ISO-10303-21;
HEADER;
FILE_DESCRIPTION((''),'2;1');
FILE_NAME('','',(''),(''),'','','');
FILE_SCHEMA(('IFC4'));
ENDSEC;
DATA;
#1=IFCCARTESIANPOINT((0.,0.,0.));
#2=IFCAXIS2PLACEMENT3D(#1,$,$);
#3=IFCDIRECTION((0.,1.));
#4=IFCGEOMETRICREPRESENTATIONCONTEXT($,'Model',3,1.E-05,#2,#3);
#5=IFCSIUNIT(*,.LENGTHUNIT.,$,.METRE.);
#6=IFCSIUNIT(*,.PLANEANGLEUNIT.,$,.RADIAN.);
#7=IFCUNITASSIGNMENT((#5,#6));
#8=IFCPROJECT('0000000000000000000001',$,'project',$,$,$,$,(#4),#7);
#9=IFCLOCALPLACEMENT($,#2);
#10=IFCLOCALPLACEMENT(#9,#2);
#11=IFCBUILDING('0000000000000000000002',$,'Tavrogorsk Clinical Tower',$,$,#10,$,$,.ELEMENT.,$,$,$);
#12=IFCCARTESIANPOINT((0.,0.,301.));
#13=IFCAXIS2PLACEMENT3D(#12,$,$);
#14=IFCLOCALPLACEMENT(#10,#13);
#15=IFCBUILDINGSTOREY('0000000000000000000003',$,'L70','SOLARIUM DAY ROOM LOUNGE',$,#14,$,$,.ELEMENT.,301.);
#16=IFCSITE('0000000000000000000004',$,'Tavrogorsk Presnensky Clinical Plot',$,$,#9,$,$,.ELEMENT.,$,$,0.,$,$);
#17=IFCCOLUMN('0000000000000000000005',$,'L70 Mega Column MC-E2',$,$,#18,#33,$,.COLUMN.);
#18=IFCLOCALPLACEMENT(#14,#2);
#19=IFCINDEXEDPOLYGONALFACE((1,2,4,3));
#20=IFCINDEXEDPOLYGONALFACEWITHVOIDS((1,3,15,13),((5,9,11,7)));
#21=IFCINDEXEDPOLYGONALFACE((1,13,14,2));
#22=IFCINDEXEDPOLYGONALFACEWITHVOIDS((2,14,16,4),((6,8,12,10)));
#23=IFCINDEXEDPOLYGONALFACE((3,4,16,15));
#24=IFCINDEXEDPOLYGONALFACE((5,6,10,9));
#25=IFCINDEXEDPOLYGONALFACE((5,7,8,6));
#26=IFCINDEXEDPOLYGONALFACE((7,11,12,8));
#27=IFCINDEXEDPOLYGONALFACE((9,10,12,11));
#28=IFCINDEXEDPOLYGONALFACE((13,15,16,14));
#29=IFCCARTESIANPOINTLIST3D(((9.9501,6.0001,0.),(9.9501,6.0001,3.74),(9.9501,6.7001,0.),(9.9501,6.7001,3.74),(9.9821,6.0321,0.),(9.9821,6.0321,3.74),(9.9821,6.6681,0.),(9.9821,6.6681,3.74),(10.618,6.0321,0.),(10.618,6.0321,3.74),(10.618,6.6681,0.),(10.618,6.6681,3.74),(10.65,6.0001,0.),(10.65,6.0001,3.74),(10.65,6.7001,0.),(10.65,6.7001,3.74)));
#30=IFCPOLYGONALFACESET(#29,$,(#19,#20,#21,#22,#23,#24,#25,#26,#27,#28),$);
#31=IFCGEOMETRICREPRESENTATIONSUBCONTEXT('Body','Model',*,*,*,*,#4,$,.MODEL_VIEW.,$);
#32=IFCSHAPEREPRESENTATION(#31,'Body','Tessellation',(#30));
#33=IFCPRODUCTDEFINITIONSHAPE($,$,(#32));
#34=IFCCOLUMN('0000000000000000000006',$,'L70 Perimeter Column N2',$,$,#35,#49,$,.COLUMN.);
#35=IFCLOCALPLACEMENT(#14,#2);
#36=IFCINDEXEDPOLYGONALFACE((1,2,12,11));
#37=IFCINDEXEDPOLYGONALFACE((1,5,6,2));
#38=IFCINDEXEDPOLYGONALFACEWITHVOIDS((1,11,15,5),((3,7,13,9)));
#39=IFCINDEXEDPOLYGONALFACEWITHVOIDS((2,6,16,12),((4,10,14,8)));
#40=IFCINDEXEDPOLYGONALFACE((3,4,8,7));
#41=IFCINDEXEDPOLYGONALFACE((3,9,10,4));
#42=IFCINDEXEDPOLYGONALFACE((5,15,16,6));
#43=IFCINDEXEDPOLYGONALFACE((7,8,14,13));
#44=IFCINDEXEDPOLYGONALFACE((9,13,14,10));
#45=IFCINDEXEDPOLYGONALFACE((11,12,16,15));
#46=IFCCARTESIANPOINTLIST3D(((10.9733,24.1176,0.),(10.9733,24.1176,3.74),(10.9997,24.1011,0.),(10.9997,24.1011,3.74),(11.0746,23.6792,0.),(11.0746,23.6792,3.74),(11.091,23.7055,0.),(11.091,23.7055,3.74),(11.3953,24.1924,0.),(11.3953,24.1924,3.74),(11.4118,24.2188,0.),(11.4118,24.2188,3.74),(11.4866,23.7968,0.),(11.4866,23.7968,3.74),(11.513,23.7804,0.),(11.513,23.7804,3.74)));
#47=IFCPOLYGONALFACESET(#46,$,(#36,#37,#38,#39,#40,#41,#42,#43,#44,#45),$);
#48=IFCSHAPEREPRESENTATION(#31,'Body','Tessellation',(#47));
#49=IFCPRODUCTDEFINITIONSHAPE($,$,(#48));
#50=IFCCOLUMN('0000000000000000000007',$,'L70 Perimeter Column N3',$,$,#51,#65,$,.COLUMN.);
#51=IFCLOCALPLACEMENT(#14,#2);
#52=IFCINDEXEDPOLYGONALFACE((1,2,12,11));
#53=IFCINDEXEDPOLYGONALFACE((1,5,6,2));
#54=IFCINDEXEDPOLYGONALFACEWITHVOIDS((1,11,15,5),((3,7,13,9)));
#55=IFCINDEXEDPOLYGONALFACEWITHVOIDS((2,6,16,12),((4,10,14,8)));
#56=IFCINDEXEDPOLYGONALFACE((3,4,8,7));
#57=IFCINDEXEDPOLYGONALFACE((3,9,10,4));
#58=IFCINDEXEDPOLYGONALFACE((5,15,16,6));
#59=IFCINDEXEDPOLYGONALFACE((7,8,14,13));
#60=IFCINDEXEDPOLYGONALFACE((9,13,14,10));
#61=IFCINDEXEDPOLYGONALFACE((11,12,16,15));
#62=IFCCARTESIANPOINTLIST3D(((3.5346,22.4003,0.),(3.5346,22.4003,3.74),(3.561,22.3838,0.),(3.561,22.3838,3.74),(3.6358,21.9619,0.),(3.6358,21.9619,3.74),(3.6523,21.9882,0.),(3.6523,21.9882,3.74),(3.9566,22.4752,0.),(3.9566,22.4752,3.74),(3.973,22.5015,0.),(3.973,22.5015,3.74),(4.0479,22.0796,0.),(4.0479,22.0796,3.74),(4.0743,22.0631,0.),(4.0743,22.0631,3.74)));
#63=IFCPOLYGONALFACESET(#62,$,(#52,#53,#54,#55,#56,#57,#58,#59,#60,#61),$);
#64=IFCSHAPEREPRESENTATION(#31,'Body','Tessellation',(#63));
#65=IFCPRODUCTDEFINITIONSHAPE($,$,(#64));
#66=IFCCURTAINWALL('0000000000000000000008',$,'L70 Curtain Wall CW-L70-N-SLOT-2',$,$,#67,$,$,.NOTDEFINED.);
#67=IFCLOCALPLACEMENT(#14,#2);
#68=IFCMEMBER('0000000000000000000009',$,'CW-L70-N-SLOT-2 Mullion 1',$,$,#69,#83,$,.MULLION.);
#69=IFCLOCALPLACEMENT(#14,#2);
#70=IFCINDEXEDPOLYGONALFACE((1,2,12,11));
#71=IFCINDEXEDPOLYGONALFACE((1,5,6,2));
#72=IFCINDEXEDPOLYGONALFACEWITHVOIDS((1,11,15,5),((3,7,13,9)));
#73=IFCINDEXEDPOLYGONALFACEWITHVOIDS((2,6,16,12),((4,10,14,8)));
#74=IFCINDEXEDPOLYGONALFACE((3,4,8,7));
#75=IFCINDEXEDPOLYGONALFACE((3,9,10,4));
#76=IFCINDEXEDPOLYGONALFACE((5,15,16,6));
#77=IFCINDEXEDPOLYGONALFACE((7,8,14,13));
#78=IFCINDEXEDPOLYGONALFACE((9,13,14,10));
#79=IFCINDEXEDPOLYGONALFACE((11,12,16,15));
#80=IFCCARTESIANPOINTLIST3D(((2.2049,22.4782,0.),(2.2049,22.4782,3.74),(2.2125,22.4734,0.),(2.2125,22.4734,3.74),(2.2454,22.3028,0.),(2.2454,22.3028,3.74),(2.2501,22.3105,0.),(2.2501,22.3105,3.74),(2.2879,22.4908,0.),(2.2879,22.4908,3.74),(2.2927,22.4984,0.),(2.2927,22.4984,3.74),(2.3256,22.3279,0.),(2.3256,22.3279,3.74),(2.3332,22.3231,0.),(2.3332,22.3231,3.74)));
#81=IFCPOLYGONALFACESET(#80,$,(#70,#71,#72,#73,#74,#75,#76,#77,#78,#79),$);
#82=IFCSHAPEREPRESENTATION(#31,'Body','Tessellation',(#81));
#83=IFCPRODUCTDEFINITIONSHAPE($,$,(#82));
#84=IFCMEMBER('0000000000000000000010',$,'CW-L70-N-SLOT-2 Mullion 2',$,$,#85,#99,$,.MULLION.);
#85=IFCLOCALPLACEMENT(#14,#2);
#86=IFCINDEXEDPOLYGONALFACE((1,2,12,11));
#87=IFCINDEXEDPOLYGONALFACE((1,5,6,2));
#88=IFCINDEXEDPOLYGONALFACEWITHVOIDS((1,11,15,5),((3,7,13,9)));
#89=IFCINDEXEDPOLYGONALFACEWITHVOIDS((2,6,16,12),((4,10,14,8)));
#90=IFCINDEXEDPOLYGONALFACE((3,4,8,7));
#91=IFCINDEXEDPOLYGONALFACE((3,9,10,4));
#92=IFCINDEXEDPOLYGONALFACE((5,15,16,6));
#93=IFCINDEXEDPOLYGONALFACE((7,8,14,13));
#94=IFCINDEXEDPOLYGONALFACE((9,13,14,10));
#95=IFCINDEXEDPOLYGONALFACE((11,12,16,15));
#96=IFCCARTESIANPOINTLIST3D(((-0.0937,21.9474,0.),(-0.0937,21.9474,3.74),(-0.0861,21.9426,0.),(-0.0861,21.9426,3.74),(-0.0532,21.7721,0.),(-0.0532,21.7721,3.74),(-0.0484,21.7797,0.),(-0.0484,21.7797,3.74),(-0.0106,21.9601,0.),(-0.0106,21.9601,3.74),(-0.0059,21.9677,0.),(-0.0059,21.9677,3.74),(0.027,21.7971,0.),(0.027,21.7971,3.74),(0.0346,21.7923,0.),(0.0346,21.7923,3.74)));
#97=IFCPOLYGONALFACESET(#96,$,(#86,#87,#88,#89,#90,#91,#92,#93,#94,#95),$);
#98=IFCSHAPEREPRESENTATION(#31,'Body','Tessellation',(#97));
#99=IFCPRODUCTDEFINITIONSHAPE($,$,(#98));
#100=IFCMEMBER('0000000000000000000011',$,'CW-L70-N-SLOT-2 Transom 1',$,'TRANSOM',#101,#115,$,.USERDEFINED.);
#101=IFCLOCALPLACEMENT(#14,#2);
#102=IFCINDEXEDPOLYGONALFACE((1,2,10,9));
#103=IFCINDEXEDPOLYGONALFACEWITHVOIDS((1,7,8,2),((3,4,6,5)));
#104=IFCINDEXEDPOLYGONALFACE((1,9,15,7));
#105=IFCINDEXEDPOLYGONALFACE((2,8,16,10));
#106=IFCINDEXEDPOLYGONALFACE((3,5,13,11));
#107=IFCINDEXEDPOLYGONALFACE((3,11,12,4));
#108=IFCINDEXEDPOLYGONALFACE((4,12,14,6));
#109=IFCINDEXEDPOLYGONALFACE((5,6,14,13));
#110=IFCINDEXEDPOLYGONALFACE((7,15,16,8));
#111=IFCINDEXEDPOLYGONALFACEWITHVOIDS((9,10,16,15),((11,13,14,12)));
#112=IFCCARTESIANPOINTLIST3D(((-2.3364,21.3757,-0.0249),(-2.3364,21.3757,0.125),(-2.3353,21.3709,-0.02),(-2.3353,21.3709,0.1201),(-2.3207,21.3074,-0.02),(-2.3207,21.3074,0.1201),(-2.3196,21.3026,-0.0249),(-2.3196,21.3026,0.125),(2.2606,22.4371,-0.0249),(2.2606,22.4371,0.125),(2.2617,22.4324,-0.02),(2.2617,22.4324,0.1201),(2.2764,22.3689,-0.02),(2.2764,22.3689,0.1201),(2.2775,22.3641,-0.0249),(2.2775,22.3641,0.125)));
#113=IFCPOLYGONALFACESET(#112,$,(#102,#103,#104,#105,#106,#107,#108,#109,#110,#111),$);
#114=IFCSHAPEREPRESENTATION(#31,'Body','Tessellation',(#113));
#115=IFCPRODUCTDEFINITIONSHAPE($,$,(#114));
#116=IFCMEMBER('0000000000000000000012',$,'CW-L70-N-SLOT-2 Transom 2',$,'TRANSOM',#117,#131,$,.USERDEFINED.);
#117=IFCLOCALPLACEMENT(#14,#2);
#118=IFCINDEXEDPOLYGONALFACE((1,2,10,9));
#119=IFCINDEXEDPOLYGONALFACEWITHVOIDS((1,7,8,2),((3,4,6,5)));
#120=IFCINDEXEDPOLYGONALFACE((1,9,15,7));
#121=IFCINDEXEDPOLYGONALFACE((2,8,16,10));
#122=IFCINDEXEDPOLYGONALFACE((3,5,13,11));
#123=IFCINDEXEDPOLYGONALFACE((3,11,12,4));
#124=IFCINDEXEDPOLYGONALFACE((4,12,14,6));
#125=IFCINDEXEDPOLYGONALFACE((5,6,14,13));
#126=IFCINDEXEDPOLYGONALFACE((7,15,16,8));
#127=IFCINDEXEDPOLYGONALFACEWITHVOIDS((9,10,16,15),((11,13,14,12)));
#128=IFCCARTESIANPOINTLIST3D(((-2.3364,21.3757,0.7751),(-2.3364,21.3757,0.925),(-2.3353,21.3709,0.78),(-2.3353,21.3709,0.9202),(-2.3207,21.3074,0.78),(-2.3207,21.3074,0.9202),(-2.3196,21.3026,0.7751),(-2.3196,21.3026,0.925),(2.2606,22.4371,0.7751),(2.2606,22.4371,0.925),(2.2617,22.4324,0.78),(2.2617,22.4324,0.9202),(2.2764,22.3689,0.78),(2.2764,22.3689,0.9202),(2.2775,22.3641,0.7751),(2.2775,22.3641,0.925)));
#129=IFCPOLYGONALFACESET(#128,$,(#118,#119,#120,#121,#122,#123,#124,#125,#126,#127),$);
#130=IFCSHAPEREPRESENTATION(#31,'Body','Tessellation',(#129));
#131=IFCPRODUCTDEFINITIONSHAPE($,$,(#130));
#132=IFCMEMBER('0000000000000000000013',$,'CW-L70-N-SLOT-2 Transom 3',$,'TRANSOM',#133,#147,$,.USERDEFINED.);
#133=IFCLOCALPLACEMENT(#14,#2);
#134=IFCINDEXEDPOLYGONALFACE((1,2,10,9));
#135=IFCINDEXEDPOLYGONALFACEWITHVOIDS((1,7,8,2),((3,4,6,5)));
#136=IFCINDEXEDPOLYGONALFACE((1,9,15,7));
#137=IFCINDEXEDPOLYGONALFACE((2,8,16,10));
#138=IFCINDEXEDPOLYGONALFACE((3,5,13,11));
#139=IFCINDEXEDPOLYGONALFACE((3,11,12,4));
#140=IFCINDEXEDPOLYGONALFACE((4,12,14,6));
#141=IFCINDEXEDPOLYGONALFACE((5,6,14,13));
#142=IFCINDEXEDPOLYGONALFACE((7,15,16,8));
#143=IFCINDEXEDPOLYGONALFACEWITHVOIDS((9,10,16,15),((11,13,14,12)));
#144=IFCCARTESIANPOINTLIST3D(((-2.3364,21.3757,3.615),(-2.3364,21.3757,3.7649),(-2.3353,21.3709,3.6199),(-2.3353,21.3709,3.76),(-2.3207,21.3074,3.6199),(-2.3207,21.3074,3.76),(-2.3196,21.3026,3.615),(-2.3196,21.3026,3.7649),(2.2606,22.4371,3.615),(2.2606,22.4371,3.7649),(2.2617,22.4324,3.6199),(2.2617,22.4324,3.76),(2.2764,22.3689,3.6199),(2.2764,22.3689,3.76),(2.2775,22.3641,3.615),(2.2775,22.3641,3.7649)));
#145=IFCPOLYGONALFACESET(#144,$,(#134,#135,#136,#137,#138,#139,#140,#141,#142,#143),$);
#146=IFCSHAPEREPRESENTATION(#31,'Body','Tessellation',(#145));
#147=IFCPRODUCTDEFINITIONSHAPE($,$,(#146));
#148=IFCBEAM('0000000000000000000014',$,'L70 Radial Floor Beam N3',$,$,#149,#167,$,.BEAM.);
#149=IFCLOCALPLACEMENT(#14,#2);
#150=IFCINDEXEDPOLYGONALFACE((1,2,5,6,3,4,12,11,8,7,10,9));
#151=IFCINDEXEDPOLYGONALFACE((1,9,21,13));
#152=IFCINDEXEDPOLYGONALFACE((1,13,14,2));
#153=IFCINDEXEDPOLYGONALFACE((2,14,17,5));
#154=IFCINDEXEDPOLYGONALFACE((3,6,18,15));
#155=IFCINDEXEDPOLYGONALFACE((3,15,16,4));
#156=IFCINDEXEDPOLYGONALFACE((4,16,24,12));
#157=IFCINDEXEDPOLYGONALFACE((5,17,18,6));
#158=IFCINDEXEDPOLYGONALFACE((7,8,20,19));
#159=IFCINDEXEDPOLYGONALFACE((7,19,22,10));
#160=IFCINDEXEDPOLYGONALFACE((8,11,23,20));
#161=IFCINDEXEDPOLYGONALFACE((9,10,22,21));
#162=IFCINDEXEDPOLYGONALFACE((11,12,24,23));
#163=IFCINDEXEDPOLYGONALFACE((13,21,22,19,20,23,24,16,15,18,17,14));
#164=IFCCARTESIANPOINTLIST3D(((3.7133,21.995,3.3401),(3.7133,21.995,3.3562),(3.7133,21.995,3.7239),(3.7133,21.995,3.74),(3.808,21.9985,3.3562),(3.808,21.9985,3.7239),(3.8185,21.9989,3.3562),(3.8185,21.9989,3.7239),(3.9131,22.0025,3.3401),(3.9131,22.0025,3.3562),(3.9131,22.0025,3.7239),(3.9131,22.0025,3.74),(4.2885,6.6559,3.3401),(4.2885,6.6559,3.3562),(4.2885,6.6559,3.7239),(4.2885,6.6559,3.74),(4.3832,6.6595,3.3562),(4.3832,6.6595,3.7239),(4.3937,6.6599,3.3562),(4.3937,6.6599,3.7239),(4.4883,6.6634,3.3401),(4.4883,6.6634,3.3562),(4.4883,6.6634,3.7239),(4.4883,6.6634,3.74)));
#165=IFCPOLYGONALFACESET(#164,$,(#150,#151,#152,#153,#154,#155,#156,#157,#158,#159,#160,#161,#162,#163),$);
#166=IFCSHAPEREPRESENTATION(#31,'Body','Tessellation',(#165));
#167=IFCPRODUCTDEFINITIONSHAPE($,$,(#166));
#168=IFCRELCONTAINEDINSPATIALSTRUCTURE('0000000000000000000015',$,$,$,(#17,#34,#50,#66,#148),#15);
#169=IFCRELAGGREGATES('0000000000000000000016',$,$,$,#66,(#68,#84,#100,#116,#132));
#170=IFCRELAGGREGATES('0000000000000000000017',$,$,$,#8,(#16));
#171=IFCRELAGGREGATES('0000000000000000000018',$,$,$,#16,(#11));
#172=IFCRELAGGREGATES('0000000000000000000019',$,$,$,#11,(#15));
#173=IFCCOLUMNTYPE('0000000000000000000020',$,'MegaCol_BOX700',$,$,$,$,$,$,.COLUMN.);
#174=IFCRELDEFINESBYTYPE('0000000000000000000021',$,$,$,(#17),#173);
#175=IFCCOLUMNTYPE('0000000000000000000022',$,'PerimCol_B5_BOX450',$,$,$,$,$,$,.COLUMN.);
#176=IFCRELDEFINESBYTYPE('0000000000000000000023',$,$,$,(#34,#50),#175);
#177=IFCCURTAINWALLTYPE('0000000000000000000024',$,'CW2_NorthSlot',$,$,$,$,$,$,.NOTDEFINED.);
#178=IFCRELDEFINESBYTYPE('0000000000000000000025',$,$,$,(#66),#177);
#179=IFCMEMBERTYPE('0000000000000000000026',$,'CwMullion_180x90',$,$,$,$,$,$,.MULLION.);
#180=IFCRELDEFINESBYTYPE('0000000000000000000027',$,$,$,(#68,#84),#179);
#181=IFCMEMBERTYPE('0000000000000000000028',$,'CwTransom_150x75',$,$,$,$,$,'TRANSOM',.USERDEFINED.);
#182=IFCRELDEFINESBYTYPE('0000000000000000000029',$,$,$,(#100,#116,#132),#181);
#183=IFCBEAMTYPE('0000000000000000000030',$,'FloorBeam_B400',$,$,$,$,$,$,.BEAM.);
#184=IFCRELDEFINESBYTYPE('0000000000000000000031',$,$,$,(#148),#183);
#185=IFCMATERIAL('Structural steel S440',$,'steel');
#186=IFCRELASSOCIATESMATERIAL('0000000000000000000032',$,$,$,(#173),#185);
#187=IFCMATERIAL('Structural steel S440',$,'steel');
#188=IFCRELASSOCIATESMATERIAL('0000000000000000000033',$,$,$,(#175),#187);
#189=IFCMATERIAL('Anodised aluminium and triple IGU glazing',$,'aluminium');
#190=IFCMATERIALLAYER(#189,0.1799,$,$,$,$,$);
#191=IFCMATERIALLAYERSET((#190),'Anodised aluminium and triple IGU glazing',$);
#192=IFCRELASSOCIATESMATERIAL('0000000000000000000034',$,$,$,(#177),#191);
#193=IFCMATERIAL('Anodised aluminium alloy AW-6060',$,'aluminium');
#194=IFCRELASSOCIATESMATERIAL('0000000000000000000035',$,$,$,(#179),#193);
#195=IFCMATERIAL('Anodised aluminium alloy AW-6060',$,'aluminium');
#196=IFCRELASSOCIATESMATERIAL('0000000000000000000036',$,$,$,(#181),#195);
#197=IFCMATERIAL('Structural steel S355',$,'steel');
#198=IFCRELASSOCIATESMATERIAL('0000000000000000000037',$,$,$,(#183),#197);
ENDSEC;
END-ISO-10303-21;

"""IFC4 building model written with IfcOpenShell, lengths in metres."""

from ifc_helpers import new_model, si_unit, direction, frame, origin, origin_2d, place, context, subcontext, project, spatial, hollow_rectangle, i_section, extrude, material, layer, layer_set, material_profile, profile_set, type_object, element, aggregate, save


model = new_model("IFC4")

# Units and contexts
model_context = context("Model", 3, precision=1e-05, world=origin(), true_north=direction((0.0, 1.0)))
body_context = subcontext(model_context, "Body", "Model", "MODEL_VIEW")
ifc_project = project(units=[si_unit("LENGTHUNIT", "METRE"), si_unit("PLANEANGLEUNIT", "RADIAN")], contexts=[model_context])

# Site, building, storey
site_placement = place(None, origin())
site = spatial("IfcSite", under=ifc_project, at=site_placement, Name="Tavrogorsk Presnensky Clinical Plot", CompositionType="ELEMENT", RefElevation=0.0)
building_placement = place(site_placement, origin())
building = spatial("IfcBuilding", under=site, at=building_placement, Name="Tavrogorsk Clinical Tower", CompositionType="ELEMENT")
storey_placement = place(building_placement, frame((0.0, 0.0, 301.0)))
storey = spatial("IfcBuildingStorey", under=building, at=storey_placement, Name="L70", Description="SOLARIUM DAY ROOM LOUNGE", CompositionType="ELEMENT", Elevation=301.0)

# Columns
ifc_material_1 = material(Name="Structural steel S440", Category="steel")
ifc_material_profile_1 = material_profile(ifc_material_1, hollow_rectangle(XDim=0.7, YDim=0.7, WallThickness=0.032, at=origin_2d()), Name="BOX-700x700x32")
ifc_profile_set_1 = profile_set([ifc_material_profile_1], Name="Structural steel S440")
column_type_1 = type_object("IfcColumnType", Name="MegaCol_BOX700", PredefinedType="COLUMN", material=ifc_profile_set_1)
column_placement = place(storey_placement, frame((10.3, 6.3501, 0.0), z_axis=(0.0, 0.0, 1.0), x_axis=(1.0, 0.0, 0.0)))
element("IfcColumn", 1, at=column_placement, inside=storey, type_object=column_type_1, Name="L70 Mega Column MC-E2", PredefinedType="COLUMN", context=body_context, shape_type="SweptSolid", body=[
    extrude(hollow_rectangle(XDim=0.7, YDim=0.7, WallThickness=0.032, at=origin_2d()), origin(), (0.0, 0.0, 1.0), 3.74),
])
ifc_material_2 = material(Name="Structural steel S440", Category="steel")
ifc_material_profile_2 = material_profile(ifc_material_2, hollow_rectangle(XDim=0.45, YDim=0.45, WallThickness=0.022, at=origin_2d()), Name="BOX-450x450x22")
ifc_profile_set_2 = profile_set([ifc_material_profile_2], Name="Structural steel S440")
column_type_2 = type_object("IfcColumnType", Name="PerimCol_B5_BOX450", PredefinedType="COLUMN", material=ifc_profile_set_2)
for number, where, z_axis, x_axis, name in (
    (2, (11.2432, 23.949, 0.0), (0.0, 0.0, 1.0), (0.97437, 0.224951, 0.0), "L70 Perimeter Column N2"),
    (3, (3.8044, 22.2317, 0.0), (0.0, 0.0, 1.0), (0.97437, 0.224951, 0.0), "L70 Perimeter Column N3"),
):
    element("IfcColumn", number, at=place(storey_placement, frame(where, z_axis=z_axis, x_axis=x_axis)), inside=storey, type_object=column_type_2, Name=name, PredefinedType="COLUMN", context=body_context, shape_type="SweptSolid", body=[
        extrude(hollow_rectangle(XDim=0.45, YDim=0.45, WallThickness=0.022, at=origin_2d()), origin(), (0.0, 0.0, 1.0), 3.74),
    ])

# Curtain wall, members
ifc_material_3 = material(Name="Anodised aluminium and triple IGU glazing", Category="aluminium")
ifc_layer_1 = layer(ifc_material_3, 0.1799)
ifc_layer_set_1 = layer_set([ifc_layer_1], Name="Anodised aluminium and triple IGU glazing")
curtain_wall_type = type_object("IfcCurtainWallType", Name="CW2_NorthSlot", PredefinedType="NOTDEFINED", material=ifc_layer_set_1)
curtain_wall_placement = place(storey_placement, origin())
curtain_wall = element("IfcCurtainWall", 4, at=curtain_wall_placement, inside=storey, type_object=curtain_wall_type, Name="L70 Curtain Wall CW-L70-N-SLOT-2", PredefinedType="NOTDEFINED")
ifc_material_4 = material(Name="Anodised aluminium alloy AW-6060", Category="aluminium")
ifc_material_profile_3 = material_profile(ifc_material_4, hollow_rectangle(XDim=0.0901, YDim=0.1799, WallThickness=0.0063, at=origin_2d()), Name="RHS-180x90x6.3")
ifc_profile_set_3 = profile_set([ifc_material_profile_3], Name="Anodised aluminium alloy AW-6060")
member_type_1 = type_object("IfcMemberType", Name="CwMullion_180x90", PredefinedType="MULLION", material=ifc_profile_set_3)
member_1_placement = place(storey_placement, frame((2.269, 22.4006, 0.0), z_axis=(0.0, 0.0, 1.0), x_axis=(-0.97437, -0.224951, 0.0)))
member_1 = element("IfcMember", 5, at=member_1_placement, type_object=member_type_1, Name="CW-L70-N-SLOT-2 Mullion 1", PredefinedType="MULLION", context=body_context, shape_type="SweptSolid", body=[
    extrude(hollow_rectangle(XDim=0.0901, YDim=0.1799, WallThickness=0.0063, at=origin_2d()), origin(), (0.0, 0.0, 1.0), 3.74),
])
member_2_placement = place(storey_placement, frame((-0.0295, 21.8699, 0.0), z_axis=(0.0, 0.0, 1.0), x_axis=(-0.97437, -0.224951, 0.0)))
member_2 = element("IfcMember", 6, at=member_2_placement, type_object=member_type_1, Name="CW-L70-N-SLOT-2 Mullion 2", PredefinedType="MULLION", context=body_context, shape_type="SweptSolid", body=[
    extrude(hollow_rectangle(XDim=0.0901, YDim=0.1799, WallThickness=0.0063, at=origin_2d()), origin(), (0.0, 0.0, 1.0), 3.74),
])
ifc_material_5 = material(Name="Anodised aluminium alloy AW-6060", Category="aluminium")
ifc_material_profile_4 = material_profile(ifc_material_5, hollow_rectangle(XDim=0.075, YDim=0.1499, WallThickness=0.0049, at=origin_2d()), Name="RHS-150x75x5")
ifc_profile_set_4 = profile_set([ifc_material_profile_4], Name="Anodised aluminium alloy AW-6060")
member_type_2 = type_object("IfcMemberType", Name="CwTransom_150x75", ElementType="TRANSOM", PredefinedType="USERDEFINED", material=ifc_profile_set_4)
member_3_placement = place(storey_placement, frame((2.269, 22.4006, 0.05), z_axis=(-0.974362, -0.224988, 0.0), x_axis=(0.224988, -0.974362, 0.0)))
member_3 = element("IfcMember", 7, at=member_3_placement, type_object=member_type_2, Name="CW-L70-N-SLOT-2 Transom 1", ObjectType="TRANSOM", PredefinedType="USERDEFINED", context=body_context, shape_type="SweptSolid", body=[
    extrude(hollow_rectangle(XDim=0.075, YDim=0.1499, WallThickness=0.0049, at=origin_2d()), origin(), (0.0, 0.0, 1.0), 4.718),
])
member_4_placement = place(storey_placement, frame((2.269, 22.4006, 0.8501), z_axis=(-0.974362, -0.224988, 0.0), x_axis=(0.224988, -0.974362, 0.0)))
member_4 = element("IfcMember", 8, at=member_4_placement, type_object=member_type_2, Name="CW-L70-N-SLOT-2 Transom 2", ObjectType="TRANSOM", PredefinedType="USERDEFINED", context=body_context, shape_type="SweptSolid", body=[
    extrude(hollow_rectangle(XDim=0.075, YDim=0.1499, WallThickness=0.0049, at=origin_2d()), origin(), (0.0, 0.0, 1.0), 4.718),
])
member_5_placement = place(storey_placement, frame((2.269, 22.4006, 3.6899), z_axis=(-0.974362, -0.224988, 0.0), x_axis=(0.224988, -0.974362, 0.0)))
member_5 = element("IfcMember", 9, at=member_5_placement, type_object=member_type_2, Name="CW-L70-N-SLOT-2 Transom 3", ObjectType="TRANSOM", PredefinedType="USERDEFINED", context=body_context, shape_type="SweptSolid", body=[
    extrude(hollow_rectangle(XDim=0.075, YDim=0.1499, WallThickness=0.0049, at=origin_2d()), origin(), (0.0, 0.0, 1.0), 4.718),
])

# Beam
ifc_material_6 = material(Name="Structural steel S355", Category="steel")
ifc_material_profile_5 = material_profile(ifc_material_6, i_section(OverallWidth=0.2, OverallDepth=0.3999, WebThickness=0.0105, FlangeThickness=0.0161, at=origin_2d()), Name="B-400x200x10.5x16")
ifc_profile_set_5 = profile_set([ifc_material_profile_5], Name="Structural steel S355")
beam_type_1 = type_object("IfcBeamType", Name="FloorBeam_B400", PredefinedType="BEAM", material=ifc_profile_set_5)
beam_placement = place(storey_placement, frame((4.3884, 6.6597, 3.54), z_axis=(-0.037472, 0.999298, 0.0), x_axis=(-0.999298, -0.037472, 0.0)))
element("IfcBeam", 10, at=beam_placement, inside=storey, type_object=beam_type_1, Name="L70 Radial Floor Beam N3", PredefinedType="BEAM", context=body_context, shape_type="SweptSolid", body=[
    extrude(i_section(OverallWidth=0.2, OverallDepth=0.3999, WebThickness=0.0105, FlangeThickness=0.0161, at=origin_2d()), origin(), (0.0, 0.0, 1.0), 15.3499),
])

aggregate(curtain_wall, [member_1, member_2, member_3, member_4, member_5])

save(model, "model.ifc")
